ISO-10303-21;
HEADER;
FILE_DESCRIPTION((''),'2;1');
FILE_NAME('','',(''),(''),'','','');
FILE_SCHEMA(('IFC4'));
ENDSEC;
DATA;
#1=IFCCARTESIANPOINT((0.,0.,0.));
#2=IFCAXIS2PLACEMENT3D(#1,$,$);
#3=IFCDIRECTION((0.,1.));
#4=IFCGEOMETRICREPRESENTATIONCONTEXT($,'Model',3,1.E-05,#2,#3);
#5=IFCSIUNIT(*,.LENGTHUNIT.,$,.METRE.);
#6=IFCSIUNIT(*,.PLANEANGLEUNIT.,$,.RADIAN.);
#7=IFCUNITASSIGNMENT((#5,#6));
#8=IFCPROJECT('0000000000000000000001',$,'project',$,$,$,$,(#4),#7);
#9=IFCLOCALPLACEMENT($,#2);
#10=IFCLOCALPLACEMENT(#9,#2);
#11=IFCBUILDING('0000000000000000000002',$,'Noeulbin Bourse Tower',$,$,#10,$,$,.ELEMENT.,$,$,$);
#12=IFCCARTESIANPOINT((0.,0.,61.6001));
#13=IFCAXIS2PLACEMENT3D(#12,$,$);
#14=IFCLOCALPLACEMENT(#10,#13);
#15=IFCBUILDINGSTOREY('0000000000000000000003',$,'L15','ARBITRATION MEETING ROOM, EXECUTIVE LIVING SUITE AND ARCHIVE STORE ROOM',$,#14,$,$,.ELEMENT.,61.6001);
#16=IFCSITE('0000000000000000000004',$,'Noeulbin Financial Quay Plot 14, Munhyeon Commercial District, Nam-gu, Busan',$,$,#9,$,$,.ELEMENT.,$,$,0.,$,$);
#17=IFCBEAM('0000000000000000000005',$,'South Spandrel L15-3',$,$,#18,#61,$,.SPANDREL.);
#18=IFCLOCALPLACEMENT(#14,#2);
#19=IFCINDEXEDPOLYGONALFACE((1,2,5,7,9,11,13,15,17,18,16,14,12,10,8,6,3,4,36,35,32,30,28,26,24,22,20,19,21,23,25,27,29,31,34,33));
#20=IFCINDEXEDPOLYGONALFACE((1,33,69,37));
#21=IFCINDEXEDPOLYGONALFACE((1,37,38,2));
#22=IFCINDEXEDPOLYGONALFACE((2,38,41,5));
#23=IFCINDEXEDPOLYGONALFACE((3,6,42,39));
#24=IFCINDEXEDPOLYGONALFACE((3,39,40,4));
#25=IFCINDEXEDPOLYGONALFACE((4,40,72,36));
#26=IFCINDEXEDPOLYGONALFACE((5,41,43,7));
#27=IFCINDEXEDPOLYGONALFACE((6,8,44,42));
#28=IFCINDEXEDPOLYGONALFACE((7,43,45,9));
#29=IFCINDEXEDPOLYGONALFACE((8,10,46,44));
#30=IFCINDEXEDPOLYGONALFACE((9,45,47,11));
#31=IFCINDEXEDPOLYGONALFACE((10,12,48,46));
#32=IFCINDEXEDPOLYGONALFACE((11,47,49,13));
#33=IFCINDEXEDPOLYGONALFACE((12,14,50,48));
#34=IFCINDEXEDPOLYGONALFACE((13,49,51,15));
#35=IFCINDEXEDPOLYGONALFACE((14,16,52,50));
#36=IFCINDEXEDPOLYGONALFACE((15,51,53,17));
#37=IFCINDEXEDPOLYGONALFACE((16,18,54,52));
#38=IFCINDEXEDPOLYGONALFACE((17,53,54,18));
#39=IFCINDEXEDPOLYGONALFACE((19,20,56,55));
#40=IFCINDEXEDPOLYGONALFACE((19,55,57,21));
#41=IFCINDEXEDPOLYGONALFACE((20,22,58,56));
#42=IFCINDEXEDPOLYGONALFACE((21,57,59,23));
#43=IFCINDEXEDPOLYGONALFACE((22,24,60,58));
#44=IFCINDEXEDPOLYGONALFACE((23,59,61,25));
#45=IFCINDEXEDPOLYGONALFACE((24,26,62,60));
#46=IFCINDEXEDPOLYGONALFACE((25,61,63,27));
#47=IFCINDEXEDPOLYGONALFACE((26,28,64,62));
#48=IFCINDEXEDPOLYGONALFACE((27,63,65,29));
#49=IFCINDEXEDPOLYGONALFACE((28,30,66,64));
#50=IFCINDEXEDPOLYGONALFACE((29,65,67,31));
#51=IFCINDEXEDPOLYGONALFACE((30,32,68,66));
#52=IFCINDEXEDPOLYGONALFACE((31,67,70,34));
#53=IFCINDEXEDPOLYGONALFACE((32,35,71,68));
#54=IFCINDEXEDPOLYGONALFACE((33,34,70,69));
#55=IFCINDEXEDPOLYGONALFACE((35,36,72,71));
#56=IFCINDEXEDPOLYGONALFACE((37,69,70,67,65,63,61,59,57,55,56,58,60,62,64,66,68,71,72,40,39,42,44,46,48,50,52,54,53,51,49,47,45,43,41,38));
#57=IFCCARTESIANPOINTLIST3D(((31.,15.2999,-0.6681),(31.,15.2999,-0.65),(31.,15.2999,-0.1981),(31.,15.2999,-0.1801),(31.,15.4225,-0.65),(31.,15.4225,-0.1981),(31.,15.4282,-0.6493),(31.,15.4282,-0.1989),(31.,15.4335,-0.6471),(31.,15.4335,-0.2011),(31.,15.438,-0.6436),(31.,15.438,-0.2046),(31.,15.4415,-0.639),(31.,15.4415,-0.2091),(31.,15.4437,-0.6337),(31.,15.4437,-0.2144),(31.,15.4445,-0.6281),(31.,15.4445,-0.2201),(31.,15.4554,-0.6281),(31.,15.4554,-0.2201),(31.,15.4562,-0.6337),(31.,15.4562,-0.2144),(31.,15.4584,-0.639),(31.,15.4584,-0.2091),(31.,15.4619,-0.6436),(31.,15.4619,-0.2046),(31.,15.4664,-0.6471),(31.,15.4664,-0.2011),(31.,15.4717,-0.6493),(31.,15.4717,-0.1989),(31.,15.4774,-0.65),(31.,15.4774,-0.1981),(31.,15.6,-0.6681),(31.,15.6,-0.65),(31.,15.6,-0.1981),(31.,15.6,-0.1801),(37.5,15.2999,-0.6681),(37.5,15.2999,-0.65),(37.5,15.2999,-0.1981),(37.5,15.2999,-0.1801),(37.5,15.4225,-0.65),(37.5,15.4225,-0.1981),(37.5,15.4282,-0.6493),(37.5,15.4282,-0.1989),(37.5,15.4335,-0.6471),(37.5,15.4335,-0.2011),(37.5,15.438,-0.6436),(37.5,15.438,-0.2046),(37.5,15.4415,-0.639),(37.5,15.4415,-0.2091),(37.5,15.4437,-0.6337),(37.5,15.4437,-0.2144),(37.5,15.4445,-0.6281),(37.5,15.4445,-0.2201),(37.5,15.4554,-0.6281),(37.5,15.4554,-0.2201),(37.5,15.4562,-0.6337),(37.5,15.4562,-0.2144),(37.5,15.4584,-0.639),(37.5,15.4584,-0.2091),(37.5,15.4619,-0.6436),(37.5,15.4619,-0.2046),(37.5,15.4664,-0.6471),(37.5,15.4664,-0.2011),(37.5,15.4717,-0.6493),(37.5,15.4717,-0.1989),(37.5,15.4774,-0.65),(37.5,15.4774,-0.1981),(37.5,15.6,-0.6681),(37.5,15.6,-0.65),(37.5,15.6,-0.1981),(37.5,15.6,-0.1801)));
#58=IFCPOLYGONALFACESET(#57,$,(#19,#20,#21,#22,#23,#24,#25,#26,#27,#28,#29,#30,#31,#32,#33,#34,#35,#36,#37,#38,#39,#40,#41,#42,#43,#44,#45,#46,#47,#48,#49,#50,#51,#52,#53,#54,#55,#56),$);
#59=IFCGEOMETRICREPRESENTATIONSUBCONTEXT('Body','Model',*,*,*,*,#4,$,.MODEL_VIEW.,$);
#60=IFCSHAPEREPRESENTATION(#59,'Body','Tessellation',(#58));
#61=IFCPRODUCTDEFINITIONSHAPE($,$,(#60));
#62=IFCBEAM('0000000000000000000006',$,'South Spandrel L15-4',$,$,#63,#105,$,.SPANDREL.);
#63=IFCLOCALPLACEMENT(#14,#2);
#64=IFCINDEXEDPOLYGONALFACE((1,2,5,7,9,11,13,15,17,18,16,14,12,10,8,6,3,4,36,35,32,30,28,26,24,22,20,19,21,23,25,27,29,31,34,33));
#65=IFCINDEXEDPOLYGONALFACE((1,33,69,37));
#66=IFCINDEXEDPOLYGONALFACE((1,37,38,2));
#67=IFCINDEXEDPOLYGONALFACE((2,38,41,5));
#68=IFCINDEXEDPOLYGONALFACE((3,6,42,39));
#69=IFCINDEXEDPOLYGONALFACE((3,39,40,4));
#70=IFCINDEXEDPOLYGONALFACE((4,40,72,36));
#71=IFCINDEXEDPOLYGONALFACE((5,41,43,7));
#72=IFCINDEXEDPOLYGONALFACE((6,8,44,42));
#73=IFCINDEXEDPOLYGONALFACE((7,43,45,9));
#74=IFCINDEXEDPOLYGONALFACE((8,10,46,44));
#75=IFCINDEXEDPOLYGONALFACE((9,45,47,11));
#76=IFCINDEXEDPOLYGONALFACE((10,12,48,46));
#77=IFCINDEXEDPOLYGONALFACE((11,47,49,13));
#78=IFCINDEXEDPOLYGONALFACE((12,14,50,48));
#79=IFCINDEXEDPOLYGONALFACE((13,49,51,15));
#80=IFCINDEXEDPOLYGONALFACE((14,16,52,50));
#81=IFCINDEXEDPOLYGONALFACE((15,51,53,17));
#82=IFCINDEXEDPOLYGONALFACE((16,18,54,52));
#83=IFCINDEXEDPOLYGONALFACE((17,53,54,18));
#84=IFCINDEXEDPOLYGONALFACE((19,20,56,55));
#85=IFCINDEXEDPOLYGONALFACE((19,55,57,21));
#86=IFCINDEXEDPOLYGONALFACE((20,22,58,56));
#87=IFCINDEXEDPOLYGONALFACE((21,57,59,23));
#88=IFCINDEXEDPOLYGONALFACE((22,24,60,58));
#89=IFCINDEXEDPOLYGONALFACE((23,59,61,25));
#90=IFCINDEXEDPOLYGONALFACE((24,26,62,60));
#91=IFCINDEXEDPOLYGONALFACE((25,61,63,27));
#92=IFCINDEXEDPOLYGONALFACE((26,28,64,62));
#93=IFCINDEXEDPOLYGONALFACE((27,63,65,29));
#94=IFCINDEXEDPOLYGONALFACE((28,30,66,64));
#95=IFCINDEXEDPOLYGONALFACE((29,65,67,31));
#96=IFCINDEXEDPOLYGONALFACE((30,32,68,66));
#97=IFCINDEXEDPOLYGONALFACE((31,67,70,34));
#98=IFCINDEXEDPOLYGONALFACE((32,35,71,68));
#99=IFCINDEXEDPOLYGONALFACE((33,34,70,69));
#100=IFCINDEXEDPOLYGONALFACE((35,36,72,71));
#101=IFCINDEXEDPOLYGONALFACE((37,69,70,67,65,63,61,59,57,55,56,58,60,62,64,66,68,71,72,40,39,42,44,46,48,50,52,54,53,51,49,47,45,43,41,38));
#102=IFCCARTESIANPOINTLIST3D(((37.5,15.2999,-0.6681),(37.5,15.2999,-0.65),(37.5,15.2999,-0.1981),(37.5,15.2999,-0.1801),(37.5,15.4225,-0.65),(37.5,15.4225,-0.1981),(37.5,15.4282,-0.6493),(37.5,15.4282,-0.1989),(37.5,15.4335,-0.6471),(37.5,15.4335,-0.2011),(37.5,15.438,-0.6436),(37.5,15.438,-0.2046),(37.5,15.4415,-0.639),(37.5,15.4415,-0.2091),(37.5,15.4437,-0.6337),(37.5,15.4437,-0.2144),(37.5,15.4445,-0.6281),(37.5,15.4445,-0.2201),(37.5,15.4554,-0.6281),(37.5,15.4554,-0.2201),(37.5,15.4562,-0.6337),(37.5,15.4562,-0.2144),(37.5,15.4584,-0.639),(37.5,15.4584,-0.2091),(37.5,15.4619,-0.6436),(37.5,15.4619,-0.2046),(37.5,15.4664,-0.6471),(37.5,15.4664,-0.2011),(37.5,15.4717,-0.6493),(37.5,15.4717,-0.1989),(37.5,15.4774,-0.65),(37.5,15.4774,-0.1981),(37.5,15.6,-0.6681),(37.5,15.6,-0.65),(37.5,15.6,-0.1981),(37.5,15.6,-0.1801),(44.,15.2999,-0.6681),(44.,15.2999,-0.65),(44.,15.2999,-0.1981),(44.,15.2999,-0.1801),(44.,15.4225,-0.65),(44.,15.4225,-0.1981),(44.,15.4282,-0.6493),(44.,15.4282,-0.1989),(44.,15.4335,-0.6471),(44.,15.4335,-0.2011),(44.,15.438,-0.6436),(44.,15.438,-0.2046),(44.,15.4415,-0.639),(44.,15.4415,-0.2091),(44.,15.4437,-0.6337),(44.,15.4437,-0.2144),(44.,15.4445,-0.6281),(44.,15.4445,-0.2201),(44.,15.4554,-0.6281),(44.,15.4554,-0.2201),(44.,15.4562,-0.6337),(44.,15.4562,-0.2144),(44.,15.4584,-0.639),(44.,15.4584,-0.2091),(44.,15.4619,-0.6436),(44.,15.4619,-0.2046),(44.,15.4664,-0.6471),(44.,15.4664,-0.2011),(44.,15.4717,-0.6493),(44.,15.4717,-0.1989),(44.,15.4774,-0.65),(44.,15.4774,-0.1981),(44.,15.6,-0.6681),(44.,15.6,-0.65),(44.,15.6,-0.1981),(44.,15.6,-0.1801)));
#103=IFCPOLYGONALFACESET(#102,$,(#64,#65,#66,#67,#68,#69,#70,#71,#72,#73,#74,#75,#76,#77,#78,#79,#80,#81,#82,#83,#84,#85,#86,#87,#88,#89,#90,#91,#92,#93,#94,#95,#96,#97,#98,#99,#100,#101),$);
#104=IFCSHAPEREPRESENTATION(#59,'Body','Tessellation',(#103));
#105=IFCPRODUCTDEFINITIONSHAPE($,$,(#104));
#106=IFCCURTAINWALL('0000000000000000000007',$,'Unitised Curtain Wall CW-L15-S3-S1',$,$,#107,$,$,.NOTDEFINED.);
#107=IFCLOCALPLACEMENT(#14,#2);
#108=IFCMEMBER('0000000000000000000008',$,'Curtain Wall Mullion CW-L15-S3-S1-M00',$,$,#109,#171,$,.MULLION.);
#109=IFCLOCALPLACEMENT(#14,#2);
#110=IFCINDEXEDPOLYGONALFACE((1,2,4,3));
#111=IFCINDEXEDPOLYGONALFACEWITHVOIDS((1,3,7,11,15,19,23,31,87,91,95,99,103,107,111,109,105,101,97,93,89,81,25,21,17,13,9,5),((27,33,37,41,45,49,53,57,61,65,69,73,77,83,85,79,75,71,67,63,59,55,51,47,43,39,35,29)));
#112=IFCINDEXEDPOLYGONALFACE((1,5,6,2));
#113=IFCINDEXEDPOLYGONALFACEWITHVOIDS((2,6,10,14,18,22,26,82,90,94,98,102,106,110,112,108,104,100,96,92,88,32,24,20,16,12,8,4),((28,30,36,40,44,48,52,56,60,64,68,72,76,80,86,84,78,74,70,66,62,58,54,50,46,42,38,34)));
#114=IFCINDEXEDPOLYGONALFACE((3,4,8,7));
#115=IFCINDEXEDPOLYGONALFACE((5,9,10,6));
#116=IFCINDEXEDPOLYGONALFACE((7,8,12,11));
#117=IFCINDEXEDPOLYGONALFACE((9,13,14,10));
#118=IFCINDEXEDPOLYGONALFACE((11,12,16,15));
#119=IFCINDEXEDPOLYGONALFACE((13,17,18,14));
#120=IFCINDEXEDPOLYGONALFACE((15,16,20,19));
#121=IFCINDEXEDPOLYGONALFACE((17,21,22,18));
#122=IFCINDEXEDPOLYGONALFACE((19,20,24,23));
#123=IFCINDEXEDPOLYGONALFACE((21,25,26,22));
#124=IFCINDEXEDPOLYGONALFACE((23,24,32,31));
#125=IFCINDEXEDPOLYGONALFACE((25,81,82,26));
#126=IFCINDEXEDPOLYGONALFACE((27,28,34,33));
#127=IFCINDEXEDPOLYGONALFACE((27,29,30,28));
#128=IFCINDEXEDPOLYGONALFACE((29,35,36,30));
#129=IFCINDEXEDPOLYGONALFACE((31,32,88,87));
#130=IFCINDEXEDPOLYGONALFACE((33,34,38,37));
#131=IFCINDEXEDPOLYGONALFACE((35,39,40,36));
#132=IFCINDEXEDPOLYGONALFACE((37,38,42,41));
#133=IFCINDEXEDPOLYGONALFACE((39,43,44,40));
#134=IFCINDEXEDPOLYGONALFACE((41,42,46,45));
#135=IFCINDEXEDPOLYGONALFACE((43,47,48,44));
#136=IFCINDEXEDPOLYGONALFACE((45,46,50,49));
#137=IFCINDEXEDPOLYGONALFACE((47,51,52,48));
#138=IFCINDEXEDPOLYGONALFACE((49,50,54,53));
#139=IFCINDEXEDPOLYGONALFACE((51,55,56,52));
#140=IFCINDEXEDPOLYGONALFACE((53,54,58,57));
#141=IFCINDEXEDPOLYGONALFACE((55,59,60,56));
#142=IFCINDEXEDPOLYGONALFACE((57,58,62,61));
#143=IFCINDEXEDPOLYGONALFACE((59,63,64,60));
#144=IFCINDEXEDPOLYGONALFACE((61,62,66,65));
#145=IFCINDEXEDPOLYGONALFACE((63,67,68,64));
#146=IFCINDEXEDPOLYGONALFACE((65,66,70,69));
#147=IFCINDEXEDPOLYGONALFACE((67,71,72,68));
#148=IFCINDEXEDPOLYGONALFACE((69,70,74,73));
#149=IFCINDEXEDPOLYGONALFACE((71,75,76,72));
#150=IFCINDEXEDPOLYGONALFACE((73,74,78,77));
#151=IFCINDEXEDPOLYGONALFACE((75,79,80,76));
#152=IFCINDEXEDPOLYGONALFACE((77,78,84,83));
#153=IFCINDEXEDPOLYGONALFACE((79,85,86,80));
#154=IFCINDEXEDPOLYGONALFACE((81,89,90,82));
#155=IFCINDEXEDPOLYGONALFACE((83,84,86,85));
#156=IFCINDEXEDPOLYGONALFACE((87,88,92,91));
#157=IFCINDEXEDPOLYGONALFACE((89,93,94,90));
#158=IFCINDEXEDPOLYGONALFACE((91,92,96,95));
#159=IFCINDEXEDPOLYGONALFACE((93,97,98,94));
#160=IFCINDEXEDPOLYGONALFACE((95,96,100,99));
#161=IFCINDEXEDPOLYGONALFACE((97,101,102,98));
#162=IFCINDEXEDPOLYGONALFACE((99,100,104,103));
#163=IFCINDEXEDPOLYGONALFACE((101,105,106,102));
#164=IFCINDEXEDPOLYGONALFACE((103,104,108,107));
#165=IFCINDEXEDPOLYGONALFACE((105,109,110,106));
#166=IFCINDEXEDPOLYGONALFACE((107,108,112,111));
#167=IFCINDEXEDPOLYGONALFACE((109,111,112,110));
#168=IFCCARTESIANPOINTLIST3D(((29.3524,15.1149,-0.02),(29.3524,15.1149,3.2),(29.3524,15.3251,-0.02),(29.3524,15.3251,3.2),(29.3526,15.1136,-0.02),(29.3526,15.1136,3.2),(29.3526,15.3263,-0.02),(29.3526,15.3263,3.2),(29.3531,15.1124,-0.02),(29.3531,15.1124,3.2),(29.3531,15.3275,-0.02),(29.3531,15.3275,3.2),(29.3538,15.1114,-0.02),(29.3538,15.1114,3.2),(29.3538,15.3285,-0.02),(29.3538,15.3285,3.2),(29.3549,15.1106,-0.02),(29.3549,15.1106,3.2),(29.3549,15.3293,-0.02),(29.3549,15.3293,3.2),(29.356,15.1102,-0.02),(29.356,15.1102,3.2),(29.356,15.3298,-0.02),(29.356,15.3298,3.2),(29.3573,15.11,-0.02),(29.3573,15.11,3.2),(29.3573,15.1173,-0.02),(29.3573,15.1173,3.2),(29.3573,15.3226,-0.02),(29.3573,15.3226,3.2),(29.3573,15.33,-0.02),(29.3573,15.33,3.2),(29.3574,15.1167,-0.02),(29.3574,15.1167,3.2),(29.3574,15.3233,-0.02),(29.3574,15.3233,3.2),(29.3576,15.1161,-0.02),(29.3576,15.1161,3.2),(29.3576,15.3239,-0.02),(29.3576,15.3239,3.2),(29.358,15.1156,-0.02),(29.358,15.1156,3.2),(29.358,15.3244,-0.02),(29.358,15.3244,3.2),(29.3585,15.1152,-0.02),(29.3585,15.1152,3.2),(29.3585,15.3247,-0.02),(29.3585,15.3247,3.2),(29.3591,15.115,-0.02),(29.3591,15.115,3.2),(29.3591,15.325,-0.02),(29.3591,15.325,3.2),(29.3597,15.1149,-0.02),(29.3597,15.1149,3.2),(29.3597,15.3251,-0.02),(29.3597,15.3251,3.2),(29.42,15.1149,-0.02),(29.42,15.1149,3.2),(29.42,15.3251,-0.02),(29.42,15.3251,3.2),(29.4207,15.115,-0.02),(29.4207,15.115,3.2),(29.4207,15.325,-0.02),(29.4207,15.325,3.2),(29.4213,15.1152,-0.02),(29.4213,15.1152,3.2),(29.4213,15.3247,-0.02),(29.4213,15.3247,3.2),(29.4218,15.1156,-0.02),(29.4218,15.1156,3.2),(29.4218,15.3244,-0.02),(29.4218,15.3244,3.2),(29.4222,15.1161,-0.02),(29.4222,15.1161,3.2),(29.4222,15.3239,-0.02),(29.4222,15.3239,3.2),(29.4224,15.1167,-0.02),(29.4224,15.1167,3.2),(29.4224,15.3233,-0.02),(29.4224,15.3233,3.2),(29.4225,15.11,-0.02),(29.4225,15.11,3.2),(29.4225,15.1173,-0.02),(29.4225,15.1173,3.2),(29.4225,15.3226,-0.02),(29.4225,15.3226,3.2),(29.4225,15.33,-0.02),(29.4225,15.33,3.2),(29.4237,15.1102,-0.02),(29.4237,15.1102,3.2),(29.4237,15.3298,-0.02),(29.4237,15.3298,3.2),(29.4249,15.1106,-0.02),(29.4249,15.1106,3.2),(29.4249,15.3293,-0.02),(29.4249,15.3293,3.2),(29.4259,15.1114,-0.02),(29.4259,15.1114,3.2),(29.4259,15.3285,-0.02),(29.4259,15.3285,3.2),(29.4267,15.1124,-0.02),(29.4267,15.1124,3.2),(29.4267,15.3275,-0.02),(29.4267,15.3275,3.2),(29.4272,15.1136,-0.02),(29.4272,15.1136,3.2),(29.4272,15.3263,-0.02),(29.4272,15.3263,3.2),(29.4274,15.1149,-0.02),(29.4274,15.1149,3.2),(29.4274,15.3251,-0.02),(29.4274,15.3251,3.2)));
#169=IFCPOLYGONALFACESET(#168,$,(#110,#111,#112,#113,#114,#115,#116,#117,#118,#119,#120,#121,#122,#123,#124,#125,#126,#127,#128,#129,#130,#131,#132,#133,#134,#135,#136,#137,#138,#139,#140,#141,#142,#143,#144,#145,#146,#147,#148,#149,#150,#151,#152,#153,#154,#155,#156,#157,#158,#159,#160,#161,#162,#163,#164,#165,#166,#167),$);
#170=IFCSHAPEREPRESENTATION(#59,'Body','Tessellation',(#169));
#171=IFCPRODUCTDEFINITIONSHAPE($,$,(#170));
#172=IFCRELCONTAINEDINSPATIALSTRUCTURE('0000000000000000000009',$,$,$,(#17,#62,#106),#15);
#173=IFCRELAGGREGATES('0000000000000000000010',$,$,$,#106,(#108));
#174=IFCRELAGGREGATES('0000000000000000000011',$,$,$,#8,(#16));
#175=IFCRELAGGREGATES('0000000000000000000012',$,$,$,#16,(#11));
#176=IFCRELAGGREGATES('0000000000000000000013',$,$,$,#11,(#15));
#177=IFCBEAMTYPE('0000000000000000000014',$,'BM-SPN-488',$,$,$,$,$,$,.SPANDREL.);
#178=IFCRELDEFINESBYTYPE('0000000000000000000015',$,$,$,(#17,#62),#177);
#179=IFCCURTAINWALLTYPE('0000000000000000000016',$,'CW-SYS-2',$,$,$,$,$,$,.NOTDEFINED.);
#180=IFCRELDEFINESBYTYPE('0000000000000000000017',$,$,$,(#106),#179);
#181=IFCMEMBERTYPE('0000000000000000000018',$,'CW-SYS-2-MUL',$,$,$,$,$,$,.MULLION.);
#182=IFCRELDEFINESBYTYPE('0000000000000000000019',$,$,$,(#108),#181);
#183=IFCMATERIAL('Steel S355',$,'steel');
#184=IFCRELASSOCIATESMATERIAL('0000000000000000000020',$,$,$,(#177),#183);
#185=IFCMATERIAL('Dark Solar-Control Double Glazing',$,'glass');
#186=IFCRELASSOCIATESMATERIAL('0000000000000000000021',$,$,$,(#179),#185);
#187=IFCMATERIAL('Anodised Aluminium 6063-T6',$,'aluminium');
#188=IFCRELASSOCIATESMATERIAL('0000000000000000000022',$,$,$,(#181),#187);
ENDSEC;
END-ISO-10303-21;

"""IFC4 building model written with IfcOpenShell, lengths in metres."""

from ifc_helpers import new_model, si_unit, direction, frame, origin, origin_2d, place, context, subcontext, project, spatial, hollow_rectangle, i_section, extrude, material, material_profile, profile_set, type_object, element, aggregate, save


model = new_model("IFC4")

# Units and contexts
model_context = context("Model", 3, precision=1e-05, world=origin(), true_north=direction((0.0, 1.0)))
body_context = subcontext(model_context, "Body", "Model", "MODEL_VIEW")
ifc_project = project(units=[si_unit("LENGTHUNIT", "METRE"), si_unit("PLANEANGLEUNIT", "RADIAN")], contexts=[model_context])

# Site, building, storey
site_placement = place(None, origin())
site = spatial("IfcSite", under=ifc_project, at=site_placement, Name="Noeulbin Financial Quay Plot 14, Munhyeon Commercial District, Nam-gu, Busan", CompositionType="ELEMENT", RefElevation=0.0)
building_placement = place(site_placement, origin())
building = spatial("IfcBuilding", under=site, at=building_placement, Name="Noeulbin Bourse Tower", CompositionType="ELEMENT")
storey_placement = place(building_placement, frame((0.0, 0.0, 61.6001)))
storey = spatial("IfcBuildingStorey", under=building, at=storey_placement, Name="L15", Description="ARBITRATION MEETING ROOM, EXECUTIVE LIVING SUITE AND ARCHIVE STORE ROOM", CompositionType="ELEMENT", Elevation=61.6001)

# Beams
ifc_material_1 = material(Name="Steel S355", Category="steel")
ifc_material_profile_1 = material_profile(ifc_material_1, i_section(OverallWidth=0.3, OverallDepth=0.488, WebThickness=0.011, FlangeThickness=0.0181, FilletRadius=0.022, at=origin_2d()), Name="H-488x300x11x18", Category="LoadBearing")
ifc_profile_set_1 = profile_set([ifc_material_profile_1], Name="Steel S355")
beam_type_1 = type_object("IfcBeamType", Name="BM-SPN-488", PredefinedType="SPANDREL", material=ifc_profile_set_1)
for number, where, z_axis, x_axis, name in (
    (1, (31.0, 15.45, -0.4241), (1.0, 0.0, 0.0), (0.0, 1.0, 0.0), "South Spandrel L15-3"),
    (2, (37.5, 15.45, -0.4241), (1.0, 0.0, 0.0), (0.0, 1.0, 0.0), "South Spandrel L15-4"),
):
    element("IfcBeam", number, at=place(storey_placement, frame(where, z_axis=z_axis, x_axis=x_axis)), inside=storey, type_object=beam_type_1, Name=name, PredefinedType="SPANDREL", context=body_context, shape_type="SweptSolid", body=[
        extrude(i_section(OverallWidth=0.3, OverallDepth=0.488, WebThickness=0.011, FlangeThickness=0.0181, FilletRadius=0.022, at=origin_2d()), origin(), (0.0, 0.0, 1.0), 6.5),
    ])

# Curtain wall, member
ifc_material_2 = material(Name="Dark Solar-Control Double Glazing", Category="glass")
curtain_wall_type = type_object("IfcCurtainWallType", Name="CW-SYS-2", PredefinedType="NOTDEFINED", material=ifc_material_2)
curtain_wall_1_placement = place(storey_placement, origin())
curtain_wall_1 = element("IfcCurtainWall", 3, at=curtain_wall_1_placement, inside=storey, type_object=curtain_wall_type, Name="Unitised Curtain Wall CW-L15-S3-S1", PredefinedType="NOTDEFINED")
ifc_material_3 = material(Name="Anodised Aluminium 6063-T6", Category="aluminium")
ifc_material_profile_2 = material_profile(ifc_material_3, hollow_rectangle(XDim=0.075, YDim=0.22, WallThickness=0.0049, InnerFilletRadius=0.0024, OuterFilletRadius=0.0049, at=origin_2d()), Name="ALU-MULL-75x220x5", Category="LoadBearing")
ifc_profile_set_2 = profile_set([ifc_material_profile_2], Name="Anodised Aluminium 6063-T6")
member_type_1 = type_object("IfcMemberType", Name="CW-SYS-2-MUL", PredefinedType="MULLION", material=ifc_profile_set_2)
member_1_placement = place(storey_placement, frame((29.3899, 15.22, -0.02), z_axis=(0.0, 0.0, 1.0), x_axis=(1.0, 0.0, 0.0)))
member_1 = element("IfcMember", 4, at=member_1_placement, type_object=member_type_1, Name="Curtain Wall Mullion CW-L15-S3-S1-M00", PredefinedType="MULLION", context=body_context, shape_type="SweptSolid", body=[
    extrude(hollow_rectangle(XDim=0.075, YDim=0.22, WallThickness=0.0049, InnerFilletRadius=0.0024, OuterFilletRadius=0.0049, at=origin_2d()), origin(), (0.0, 0.0, 1.0), 3.22),
])

aggregate(curtain_wall_1, [member_1])

save(model, "model.ifc")
